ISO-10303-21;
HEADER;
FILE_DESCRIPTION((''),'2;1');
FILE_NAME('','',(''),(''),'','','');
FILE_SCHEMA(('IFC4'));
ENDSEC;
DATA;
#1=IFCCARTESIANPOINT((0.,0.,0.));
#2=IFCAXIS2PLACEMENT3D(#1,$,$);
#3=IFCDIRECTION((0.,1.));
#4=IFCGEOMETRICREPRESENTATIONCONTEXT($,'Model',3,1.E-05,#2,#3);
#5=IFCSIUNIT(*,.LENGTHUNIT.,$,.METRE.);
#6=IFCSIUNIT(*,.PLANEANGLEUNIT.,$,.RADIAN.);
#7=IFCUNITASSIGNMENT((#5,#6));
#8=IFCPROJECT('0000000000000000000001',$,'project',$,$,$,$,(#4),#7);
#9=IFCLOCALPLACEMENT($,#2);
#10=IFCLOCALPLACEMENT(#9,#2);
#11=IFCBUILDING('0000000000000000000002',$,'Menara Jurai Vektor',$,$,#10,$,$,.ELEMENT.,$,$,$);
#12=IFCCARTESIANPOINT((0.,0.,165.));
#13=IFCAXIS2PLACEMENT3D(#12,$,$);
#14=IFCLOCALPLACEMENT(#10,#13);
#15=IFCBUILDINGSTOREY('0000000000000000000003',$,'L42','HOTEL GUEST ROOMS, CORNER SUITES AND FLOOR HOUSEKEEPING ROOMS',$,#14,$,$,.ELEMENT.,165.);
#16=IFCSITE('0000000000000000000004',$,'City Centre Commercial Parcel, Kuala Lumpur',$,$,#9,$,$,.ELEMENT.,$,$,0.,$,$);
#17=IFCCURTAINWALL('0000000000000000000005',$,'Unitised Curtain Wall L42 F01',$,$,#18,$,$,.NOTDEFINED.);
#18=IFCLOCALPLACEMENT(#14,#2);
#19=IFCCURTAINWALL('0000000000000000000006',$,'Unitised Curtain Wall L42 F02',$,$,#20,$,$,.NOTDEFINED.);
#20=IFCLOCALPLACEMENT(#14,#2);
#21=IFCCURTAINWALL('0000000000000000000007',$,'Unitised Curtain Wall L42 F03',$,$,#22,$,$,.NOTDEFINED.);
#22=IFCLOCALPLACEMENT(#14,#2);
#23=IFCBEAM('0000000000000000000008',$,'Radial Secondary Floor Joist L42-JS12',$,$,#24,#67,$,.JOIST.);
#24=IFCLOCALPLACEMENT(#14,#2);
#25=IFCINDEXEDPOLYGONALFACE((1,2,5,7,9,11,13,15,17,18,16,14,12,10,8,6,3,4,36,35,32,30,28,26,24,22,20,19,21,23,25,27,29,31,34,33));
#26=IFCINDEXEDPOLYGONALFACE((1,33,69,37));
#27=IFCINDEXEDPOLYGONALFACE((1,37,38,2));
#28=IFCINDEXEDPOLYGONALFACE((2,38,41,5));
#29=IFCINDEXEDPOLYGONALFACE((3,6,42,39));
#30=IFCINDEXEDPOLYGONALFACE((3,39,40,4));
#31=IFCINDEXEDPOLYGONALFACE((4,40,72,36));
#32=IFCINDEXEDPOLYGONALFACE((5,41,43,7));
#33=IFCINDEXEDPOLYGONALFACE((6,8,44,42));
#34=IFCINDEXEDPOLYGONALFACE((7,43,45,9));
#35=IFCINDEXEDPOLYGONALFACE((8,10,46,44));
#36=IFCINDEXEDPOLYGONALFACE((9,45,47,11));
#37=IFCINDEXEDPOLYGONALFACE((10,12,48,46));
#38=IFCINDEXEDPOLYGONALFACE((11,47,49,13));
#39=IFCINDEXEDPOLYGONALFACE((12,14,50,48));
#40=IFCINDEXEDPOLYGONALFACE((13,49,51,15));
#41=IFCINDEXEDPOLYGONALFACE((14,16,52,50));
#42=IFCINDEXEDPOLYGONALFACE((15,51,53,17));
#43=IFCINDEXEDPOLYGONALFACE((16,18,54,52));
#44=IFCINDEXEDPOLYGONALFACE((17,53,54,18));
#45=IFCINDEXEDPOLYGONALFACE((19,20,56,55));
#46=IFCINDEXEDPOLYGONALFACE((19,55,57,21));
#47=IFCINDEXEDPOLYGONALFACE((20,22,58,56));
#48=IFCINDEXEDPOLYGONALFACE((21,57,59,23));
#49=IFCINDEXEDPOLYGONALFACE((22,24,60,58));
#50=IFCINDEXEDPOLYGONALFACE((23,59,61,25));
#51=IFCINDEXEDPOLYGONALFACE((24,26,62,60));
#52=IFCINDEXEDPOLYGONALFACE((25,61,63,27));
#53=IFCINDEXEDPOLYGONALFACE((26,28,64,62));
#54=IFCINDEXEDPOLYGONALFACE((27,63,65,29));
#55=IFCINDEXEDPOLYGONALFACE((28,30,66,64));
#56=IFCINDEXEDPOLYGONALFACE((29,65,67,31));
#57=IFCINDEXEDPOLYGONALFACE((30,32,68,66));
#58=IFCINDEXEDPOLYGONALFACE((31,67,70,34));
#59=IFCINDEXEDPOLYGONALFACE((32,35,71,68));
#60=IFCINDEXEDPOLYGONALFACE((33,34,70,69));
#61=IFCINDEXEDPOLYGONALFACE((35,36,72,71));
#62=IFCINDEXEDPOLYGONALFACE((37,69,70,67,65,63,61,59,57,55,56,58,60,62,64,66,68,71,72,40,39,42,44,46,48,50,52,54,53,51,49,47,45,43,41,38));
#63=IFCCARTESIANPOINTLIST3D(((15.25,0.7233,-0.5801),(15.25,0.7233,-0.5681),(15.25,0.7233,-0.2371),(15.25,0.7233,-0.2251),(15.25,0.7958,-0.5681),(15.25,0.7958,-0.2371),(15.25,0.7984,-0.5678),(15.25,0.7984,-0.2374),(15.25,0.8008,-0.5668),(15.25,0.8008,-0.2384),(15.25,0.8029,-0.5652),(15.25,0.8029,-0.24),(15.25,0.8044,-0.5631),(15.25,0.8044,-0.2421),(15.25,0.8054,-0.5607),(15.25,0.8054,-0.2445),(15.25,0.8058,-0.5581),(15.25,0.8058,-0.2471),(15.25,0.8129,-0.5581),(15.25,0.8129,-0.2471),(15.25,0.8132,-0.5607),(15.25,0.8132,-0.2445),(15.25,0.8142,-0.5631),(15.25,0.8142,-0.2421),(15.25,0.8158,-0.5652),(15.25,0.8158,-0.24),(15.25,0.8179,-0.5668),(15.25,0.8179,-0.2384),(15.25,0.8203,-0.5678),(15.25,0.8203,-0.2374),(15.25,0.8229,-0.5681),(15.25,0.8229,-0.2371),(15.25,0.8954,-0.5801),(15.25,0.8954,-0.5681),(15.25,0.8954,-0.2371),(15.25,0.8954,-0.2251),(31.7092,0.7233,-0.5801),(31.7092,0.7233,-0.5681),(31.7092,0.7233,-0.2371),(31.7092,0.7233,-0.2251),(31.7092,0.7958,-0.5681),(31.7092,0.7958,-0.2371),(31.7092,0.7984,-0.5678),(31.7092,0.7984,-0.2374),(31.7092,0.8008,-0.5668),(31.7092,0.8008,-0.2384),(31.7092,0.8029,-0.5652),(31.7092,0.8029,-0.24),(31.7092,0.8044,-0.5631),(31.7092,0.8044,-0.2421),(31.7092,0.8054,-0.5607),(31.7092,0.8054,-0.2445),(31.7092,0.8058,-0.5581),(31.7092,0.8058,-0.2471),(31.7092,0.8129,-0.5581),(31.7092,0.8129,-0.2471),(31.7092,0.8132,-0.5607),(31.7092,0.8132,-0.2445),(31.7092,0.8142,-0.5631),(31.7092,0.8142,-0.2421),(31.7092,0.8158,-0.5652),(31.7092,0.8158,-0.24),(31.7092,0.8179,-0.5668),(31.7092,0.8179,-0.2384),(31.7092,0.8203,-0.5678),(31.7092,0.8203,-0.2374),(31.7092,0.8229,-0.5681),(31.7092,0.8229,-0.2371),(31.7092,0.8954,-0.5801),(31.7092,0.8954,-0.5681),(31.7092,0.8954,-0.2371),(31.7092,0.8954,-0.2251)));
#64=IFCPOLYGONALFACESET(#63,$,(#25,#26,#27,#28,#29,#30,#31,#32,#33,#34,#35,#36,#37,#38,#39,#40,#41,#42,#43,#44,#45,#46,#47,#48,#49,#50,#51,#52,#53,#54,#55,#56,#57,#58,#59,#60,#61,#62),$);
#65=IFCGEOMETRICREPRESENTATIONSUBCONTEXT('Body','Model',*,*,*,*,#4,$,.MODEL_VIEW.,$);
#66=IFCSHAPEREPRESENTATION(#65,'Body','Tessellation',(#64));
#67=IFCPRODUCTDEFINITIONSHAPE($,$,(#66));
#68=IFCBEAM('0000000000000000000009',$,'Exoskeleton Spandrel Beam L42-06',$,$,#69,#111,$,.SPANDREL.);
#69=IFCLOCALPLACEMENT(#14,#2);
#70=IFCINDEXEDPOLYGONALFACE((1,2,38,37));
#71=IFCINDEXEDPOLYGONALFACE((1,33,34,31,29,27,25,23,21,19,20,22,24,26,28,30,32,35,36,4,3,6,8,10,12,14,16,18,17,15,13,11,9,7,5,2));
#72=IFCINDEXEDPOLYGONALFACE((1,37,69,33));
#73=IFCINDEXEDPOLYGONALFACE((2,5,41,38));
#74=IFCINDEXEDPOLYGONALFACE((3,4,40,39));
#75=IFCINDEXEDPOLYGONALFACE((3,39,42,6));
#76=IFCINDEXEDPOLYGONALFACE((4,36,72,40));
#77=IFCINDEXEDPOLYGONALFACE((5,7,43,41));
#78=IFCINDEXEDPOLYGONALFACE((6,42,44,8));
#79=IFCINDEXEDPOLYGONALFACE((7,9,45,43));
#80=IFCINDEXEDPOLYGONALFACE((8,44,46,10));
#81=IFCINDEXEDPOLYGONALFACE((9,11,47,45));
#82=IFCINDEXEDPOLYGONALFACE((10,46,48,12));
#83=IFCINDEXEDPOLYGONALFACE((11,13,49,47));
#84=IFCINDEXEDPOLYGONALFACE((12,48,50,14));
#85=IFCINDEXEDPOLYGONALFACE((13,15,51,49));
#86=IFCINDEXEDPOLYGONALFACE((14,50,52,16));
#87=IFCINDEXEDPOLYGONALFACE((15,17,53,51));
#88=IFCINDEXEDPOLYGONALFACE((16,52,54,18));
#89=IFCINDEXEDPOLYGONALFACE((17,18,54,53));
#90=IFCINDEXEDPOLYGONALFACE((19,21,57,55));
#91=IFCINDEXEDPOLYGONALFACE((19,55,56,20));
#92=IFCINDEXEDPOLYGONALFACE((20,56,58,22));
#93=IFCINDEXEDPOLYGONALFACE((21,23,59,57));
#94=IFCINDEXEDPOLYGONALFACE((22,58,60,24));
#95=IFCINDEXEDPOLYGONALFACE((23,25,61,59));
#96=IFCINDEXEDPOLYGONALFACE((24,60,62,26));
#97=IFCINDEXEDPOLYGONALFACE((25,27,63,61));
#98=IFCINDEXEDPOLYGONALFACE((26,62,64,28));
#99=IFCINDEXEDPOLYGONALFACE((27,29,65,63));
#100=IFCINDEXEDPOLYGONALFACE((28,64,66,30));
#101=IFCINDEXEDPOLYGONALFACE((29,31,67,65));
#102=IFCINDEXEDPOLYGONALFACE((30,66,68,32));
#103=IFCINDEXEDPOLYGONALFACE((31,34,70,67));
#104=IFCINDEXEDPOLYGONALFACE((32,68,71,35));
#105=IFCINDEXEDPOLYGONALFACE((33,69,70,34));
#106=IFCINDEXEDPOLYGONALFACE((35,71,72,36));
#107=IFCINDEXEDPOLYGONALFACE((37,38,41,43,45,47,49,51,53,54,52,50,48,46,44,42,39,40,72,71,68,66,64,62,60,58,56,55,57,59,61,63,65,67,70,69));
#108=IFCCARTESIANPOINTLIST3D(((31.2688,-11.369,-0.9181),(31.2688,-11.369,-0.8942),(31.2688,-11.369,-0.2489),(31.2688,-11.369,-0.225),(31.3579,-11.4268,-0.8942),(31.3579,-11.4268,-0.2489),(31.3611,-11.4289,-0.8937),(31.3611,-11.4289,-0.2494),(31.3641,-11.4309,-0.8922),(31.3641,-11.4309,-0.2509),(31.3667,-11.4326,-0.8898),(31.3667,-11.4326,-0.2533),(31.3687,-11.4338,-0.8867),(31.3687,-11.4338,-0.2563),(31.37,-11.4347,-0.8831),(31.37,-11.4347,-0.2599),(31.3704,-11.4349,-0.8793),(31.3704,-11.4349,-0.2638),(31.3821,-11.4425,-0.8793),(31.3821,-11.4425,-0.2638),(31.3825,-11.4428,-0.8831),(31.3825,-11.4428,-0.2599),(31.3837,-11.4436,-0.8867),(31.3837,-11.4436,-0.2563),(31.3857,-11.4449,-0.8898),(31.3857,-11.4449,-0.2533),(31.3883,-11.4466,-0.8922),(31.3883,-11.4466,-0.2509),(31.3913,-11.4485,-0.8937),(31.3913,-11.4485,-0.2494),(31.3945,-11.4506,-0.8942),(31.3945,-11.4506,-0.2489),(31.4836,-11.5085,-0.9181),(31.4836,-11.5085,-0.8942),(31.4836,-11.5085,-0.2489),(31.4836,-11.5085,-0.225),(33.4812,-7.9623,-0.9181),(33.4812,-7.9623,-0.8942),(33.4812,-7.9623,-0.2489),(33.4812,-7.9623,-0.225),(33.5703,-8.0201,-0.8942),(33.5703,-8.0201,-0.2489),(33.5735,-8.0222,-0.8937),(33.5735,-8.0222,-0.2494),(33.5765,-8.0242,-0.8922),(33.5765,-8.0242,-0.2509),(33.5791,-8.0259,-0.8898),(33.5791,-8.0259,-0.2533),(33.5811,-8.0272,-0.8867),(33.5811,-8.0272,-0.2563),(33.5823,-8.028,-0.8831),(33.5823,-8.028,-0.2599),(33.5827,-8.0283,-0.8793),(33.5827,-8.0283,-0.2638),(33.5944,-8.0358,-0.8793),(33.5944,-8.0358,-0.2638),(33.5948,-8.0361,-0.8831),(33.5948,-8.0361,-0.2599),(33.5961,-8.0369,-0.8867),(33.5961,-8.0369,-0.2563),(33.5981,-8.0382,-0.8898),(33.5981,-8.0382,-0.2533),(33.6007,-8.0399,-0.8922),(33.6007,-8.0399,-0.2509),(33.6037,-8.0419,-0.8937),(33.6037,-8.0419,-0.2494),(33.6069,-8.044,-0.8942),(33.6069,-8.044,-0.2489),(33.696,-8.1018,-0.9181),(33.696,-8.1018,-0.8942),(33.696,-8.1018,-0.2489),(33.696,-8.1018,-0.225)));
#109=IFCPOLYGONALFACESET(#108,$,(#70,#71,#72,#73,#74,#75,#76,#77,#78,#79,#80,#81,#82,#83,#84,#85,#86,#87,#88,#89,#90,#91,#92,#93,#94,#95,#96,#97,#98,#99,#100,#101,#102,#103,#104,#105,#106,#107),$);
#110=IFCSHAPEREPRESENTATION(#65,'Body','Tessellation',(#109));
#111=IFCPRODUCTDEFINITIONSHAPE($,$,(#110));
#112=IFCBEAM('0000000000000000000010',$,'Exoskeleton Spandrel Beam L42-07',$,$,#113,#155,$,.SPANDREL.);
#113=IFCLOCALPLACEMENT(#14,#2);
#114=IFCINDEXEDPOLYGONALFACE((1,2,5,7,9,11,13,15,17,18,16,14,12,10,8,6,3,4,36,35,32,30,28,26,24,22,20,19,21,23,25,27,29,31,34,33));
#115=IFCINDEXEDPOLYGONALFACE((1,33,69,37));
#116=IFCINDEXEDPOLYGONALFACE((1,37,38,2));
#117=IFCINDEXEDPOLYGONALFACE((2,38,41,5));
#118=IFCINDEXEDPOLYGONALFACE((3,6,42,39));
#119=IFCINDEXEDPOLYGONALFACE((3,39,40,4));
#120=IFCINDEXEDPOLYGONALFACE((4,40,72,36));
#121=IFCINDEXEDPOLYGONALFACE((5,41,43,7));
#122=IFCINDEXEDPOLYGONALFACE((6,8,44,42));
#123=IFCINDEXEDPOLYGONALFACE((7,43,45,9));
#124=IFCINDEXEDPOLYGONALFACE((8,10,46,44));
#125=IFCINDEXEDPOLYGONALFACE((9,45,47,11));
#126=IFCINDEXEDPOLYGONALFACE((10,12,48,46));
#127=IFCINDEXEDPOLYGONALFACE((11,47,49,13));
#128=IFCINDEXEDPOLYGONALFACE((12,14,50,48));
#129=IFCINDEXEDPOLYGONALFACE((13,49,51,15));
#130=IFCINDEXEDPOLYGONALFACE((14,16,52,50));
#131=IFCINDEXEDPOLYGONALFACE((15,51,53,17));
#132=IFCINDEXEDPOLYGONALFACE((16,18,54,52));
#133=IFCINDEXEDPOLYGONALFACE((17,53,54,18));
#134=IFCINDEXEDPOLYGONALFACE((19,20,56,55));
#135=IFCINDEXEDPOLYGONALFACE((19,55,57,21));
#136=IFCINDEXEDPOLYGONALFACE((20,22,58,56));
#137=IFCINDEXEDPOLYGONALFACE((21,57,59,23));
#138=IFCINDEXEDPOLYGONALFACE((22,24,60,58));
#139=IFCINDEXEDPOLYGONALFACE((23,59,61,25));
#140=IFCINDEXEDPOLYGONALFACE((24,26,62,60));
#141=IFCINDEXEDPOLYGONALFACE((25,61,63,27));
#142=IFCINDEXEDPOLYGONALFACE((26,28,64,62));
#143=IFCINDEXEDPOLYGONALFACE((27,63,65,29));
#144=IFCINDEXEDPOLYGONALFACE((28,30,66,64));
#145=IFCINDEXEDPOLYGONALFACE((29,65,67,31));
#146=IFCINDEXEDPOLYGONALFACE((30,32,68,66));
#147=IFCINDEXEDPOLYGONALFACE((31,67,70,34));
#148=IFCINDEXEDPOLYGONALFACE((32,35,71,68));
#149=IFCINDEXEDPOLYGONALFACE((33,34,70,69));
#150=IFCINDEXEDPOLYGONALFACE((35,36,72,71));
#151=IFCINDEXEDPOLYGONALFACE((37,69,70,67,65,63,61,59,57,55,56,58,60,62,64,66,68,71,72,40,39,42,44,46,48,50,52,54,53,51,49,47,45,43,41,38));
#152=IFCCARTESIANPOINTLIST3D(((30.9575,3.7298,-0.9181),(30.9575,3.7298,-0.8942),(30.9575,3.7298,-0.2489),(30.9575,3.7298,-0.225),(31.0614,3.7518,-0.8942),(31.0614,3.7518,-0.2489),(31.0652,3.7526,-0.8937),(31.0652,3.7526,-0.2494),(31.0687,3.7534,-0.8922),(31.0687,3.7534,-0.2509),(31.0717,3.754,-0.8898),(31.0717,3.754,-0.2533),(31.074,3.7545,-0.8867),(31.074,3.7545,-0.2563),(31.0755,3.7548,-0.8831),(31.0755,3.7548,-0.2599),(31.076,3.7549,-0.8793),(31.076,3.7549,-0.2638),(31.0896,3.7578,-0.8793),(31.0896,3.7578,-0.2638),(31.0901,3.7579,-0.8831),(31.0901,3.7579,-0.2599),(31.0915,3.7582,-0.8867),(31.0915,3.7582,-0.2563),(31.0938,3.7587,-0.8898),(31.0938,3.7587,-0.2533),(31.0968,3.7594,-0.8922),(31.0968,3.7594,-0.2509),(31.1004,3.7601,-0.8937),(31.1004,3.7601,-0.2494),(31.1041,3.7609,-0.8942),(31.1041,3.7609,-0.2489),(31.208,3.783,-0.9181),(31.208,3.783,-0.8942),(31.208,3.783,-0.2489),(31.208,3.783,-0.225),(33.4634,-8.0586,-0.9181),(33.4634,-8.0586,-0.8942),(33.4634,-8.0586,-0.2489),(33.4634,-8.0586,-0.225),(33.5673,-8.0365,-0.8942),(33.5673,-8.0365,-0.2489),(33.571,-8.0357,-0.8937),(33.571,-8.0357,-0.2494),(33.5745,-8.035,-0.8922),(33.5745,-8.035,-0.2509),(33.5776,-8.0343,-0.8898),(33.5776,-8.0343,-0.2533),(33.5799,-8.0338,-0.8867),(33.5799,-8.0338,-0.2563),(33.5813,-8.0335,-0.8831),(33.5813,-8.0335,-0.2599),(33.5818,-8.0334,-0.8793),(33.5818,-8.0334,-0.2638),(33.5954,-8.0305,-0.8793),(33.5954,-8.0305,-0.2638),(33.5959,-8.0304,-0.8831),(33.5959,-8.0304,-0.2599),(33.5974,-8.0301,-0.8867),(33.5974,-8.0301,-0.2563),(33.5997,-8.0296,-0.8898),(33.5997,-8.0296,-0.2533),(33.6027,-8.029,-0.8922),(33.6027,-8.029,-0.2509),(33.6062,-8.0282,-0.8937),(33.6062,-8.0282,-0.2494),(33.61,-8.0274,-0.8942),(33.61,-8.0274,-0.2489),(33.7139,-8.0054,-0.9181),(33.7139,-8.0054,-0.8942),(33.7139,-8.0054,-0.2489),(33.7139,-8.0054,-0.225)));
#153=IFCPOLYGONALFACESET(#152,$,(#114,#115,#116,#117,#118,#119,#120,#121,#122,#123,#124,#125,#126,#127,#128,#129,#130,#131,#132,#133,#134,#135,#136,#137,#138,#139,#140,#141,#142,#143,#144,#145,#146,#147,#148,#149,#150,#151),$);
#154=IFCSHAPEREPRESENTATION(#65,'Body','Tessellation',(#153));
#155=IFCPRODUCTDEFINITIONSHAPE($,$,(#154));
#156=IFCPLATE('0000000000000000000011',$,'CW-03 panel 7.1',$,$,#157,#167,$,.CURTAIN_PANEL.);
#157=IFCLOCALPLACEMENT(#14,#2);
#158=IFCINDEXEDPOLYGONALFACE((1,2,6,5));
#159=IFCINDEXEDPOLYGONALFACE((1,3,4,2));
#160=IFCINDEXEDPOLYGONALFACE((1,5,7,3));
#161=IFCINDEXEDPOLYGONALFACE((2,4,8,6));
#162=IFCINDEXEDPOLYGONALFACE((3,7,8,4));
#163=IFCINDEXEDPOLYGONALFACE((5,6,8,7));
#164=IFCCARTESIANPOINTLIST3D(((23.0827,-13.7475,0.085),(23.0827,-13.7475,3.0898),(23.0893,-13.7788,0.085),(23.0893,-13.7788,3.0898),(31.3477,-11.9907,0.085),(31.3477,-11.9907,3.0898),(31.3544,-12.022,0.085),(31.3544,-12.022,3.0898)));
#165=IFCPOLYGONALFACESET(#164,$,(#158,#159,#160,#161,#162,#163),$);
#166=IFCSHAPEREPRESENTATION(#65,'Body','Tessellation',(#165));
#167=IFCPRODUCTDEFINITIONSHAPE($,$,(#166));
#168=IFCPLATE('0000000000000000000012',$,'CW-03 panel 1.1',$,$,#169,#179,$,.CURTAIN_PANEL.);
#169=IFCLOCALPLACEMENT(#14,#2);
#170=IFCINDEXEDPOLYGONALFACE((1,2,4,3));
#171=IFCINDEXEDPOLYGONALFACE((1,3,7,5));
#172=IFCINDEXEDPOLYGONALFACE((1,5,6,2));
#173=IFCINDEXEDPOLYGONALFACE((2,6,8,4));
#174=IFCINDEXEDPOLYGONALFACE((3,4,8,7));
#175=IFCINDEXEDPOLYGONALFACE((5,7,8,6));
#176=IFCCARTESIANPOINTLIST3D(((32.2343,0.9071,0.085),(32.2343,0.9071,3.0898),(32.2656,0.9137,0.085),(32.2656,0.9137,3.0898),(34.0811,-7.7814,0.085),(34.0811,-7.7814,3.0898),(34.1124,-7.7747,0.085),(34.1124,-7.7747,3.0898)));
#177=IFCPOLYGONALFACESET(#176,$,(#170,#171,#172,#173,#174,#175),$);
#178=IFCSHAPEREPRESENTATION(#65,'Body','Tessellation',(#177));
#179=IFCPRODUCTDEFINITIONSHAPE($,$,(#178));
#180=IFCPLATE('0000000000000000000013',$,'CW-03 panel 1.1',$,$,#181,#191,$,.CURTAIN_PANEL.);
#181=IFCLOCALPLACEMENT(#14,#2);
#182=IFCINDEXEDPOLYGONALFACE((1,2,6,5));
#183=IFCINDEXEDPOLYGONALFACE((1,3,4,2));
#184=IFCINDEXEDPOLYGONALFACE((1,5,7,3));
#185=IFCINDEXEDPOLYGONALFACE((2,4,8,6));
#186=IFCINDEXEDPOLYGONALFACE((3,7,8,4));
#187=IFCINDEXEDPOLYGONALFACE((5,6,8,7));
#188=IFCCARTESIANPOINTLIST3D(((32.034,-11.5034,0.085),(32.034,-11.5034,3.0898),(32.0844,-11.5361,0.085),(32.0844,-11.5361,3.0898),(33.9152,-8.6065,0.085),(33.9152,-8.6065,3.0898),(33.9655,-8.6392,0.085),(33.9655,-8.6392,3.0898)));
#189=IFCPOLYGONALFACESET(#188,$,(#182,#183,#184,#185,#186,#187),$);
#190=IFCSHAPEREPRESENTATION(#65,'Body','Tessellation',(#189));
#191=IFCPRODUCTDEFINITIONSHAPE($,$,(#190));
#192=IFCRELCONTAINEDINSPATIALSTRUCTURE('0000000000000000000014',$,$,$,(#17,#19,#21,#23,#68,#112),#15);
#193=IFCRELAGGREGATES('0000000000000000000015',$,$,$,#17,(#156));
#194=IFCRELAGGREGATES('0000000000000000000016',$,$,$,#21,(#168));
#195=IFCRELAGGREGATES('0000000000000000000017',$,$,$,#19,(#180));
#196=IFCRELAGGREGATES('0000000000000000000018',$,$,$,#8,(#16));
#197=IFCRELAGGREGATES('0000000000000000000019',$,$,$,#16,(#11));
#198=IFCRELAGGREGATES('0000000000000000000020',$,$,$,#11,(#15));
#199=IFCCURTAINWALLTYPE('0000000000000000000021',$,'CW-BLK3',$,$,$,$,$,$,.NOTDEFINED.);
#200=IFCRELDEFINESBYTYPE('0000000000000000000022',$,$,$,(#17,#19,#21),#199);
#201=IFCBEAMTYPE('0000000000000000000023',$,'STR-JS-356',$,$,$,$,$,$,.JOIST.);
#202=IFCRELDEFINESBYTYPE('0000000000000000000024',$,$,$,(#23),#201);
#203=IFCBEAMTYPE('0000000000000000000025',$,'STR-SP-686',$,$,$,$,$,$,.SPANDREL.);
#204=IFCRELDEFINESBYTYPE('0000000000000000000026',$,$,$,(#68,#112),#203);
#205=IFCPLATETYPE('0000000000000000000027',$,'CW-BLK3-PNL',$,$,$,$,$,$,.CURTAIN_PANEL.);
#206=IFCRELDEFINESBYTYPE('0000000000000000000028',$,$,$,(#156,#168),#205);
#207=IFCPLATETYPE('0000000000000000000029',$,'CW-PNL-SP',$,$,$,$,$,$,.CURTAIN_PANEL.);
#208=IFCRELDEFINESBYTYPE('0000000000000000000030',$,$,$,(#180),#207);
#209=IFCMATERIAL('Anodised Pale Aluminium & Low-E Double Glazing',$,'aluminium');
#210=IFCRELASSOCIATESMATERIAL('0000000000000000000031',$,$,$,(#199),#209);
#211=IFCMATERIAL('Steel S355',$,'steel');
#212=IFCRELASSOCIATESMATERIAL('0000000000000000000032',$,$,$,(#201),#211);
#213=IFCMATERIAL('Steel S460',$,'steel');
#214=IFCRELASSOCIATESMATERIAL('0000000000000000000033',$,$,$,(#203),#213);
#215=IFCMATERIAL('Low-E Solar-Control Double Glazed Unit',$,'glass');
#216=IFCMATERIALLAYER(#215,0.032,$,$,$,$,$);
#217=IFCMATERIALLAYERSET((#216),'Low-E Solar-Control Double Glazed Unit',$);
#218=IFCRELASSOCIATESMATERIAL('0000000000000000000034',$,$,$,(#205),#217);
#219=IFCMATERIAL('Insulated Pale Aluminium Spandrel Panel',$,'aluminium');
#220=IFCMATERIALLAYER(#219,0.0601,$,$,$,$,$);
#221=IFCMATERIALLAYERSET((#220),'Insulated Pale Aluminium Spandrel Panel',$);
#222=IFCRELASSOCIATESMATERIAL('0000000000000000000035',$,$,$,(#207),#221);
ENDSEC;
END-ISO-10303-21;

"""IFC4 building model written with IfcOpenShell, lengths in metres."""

from ifc_helpers import new_model, si_unit, direction, frame, origin, origin_2d, place, context, subcontext, project, spatial, rectangle, i_section, extrude, material, layer, layer_set, material_profile, profile_set, type_object, element, aggregate, save


model = new_model("IFC4")

# Units and contexts
model_context = context("Model", 3, precision=1e-05, world=origin(), true_north=direction((0.0, 1.0)))
body_context = subcontext(model_context, "Body", "Model", "MODEL_VIEW")
ifc_project = project(units=[si_unit("LENGTHUNIT", "METRE"), si_unit("PLANEANGLEUNIT", "RADIAN")], contexts=[model_context])

# Site, building, storey
site_placement = place(None, origin())
site = spatial("IfcSite", under=ifc_project, at=site_placement, Name="City Centre Commercial Parcel, Kuala Lumpur", CompositionType="ELEMENT", RefElevation=0.0)
building_placement = place(site_placement, origin())
building = spatial("IfcBuilding", under=site, at=building_placement, Name="Menara Jurai Vektor", CompositionType="ELEMENT")
storey_placement = place(building_placement, frame((0.0, 0.0, 165.0)))
storey = spatial("IfcBuildingStorey", under=building, at=storey_placement, Name="L42", Description="HOTEL GUEST ROOMS, CORNER SUITES AND FLOOR HOUSEKEEPING ROOMS", CompositionType="ELEMENT", Elevation=165.0)

# Shared definitions
ifc_material_1 = material(Name="Steel S460", Category="steel")

# Curtain walls
ifc_material_2 = material(Name="Anodised Pale Aluminium & Low-E Double Glazing", Category="aluminium")
curtain_wall_type = type_object("IfcCurtainWallType", Name="CW-BLK3", PredefinedType="NOTDEFINED", material=ifc_material_2)
curtain_wall_1_placement = place(storey_placement, origin())
curtain_wall_1 = element("IfcCurtainWall", 1, at=curtain_wall_1_placement, inside=storey, type_object=curtain_wall_type, Name="Unitised Curtain Wall L42 F01", PredefinedType="NOTDEFINED")
curtain_wall_2_placement = place(storey_placement, origin())
curtain_wall_2 = element("IfcCurtainWall", 2, at=curtain_wall_2_placement, inside=storey, type_object=curtain_wall_type, Name="Unitised Curtain Wall L42 F02", PredefinedType="NOTDEFINED")
curtain_wall_3_placement = place(storey_placement, origin())
curtain_wall_3 = element("IfcCurtainWall", 3, at=curtain_wall_3_placement, inside=storey, type_object=curtain_wall_type, Name="Unitised Curtain Wall L42 F03", PredefinedType="NOTDEFINED")

# Shared definitions
ifc_material_3 = material(Name="Steel S355", Category="steel")

# Beams
ifc_material_profile_1 = material_profile(ifc_material_3, i_section(OverallWidth=0.1721, OverallDepth=0.355, WebThickness=0.0071, FlangeThickness=0.012, FilletRadius=0.01, at=origin_2d()), Name="UKB 356x171x51")
ifc_profile_set_1 = profile_set([ifc_material_profile_1], Name="Steel S355")
beam_type_1 = type_object("IfcBeamType", Name="STR-JS-356", PredefinedType="JOIST", material=ifc_profile_set_1)
beam_1_placement = place(storey_placement, frame((31.7092, 0.8093, -0.4026), z_axis=(-1.0, 0.0, 0.0), x_axis=(0.0, -1.0, 0.0)))
element("IfcBeam", 4, at=beam_1_placement, inside=storey, type_object=beam_type_1, Name="Radial Secondary Floor Joist L42-JS12", PredefinedType="JOIST", context=body_context, shape_type="SweptSolid", body=[
    extrude(i_section(OverallWidth=0.1721, OverallDepth=0.355, WebThickness=0.0071, FlangeThickness=0.012, FilletRadius=0.01, at=origin_2d()), origin(), (0.0, 0.0, 1.0), 16.4592),
])
ifc_material_profile_2 = material_profile(ifc_material_1, i_section(OverallWidth=0.2561, OverallDepth=0.6931, WebThickness=0.0139, FlangeThickness=0.0239, FilletRadius=0.0149, at=origin_2d()), Name="UKB 686x254x170")
ifc_profile_set_2 = profile_set([ifc_material_profile_2], Name="Steel S460")
beam_type_2 = type_object("IfcBeamType", Name="STR-SP-686", PredefinedType="SPANDREL", material=ifc_profile_set_2)
beam_2_placement = place(storey_placement, frame((31.3762, -11.4387, -0.5715), z_axis=(0.544646, 0.838666, 0.0), x_axis=(-0.838666, 0.544646, 0.0)))
element("IfcBeam", 5, at=beam_2_placement, inside=storey, type_object=beam_type_2, Name="Exoskeleton Spandrel Beam L42-06", PredefinedType="SPANDREL", context=body_context, shape_type="SweptSolid", body=[
    extrude(i_section(OverallWidth=0.2561, OverallDepth=0.6931, WebThickness=0.0139, FlangeThickness=0.0239, FilletRadius=0.0149, at=origin_2d()), origin(), (0.0, 0.0, 1.0), 4.062),
])
beam_3_placement = place(storey_placement, frame((33.5886, -8.032, -0.5715), z_axis=(-0.207925, 0.978145, 0.0), x_axis=(-0.978145, -0.207925, 0.0)))
element("IfcBeam", 6, at=beam_3_placement, inside=storey, type_object=beam_type_2, Name="Exoskeleton Spandrel Beam L42-07", PredefinedType="SPANDREL", context=body_context, shape_type="SweptSolid", body=[
    extrude(i_section(OverallWidth=0.2561, OverallDepth=0.6931, WebThickness=0.0139, FlangeThickness=0.0239, FilletRadius=0.0149, at=origin_2d()), origin(), (0.0, 0.0, 1.0), 12.0518),
])

# Plates
ifc_material_4 = material(Name="Low-E Solar-Control Double Glazed Unit", Category="glass")
ifc_layer_1 = layer(ifc_material_4, 0.032)
ifc_layer_set_1 = layer_set([ifc_layer_1], Name="Low-E Solar-Control Double Glazed Unit")
plate_type_1 = type_object("IfcPlateType", Name="CW-BLK3-PNL", PredefinedType="CURTAIN_PANEL", material=ifc_layer_set_1)
plate_1_placement = place(storey_placement, frame((27.2185, -12.8848, 0.085), z_axis=(0.0, 0.0, 1.0), x_axis=(0.978148, 0.207911, 0.0)))
plate_1 = element("IfcPlate", 7, at=plate_1_placement, type_object=plate_type_1, Name="CW-03 panel 7.1", PredefinedType="CURTAIN_PANEL", context=body_context, shape_type="SweptSolid", body=[
    extrude(rectangle(XDim=8.4497, YDim=0.032, at=origin_2d()), origin(), (0.0, 0.0, 1.0), 3.0049),
])
aggregate(curtain_wall_1, [plate_1])
plate_2_placement = place(storey_placement, frame((33.1733, -3.4338, 0.085), z_axis=(0.0, 0.0, 1.0), x_axis=(-0.20791, 0.978148, 0.0)))
plate_2 = element("IfcPlate", 8, at=plate_2_placement, type_object=plate_type_1, Name="CW-03 panel 1.1", PredefinedType="CURTAIN_PANEL", context=body_context, shape_type="SweptSolid", body=[
    extrude(rectangle(XDim=8.8826, YDim=0.032, at=origin_2d()), origin(), (0.0, 0.0, 1.0), 3.0049),
])
aggregate(curtain_wall_3, [plate_2])
ifc_material_5 = material(Name="Insulated Pale Aluminium Spandrel Panel", Category="aluminium")
ifc_layer_2 = layer(ifc_material_5, 0.0601)
ifc_layer_set_2 = layer_set([ifc_layer_2], Name="Insulated Pale Aluminium Spandrel Panel")
plate_type_2 = type_object("IfcPlateType", Name="CW-PNL-SP", PredefinedType="CURTAIN_PANEL", material=ifc_layer_set_2)
plate_3_placement = place(storey_placement, frame((32.9998, -10.0713, 0.085), z_axis=(0.0, 0.0, 1.0), x_axis=(0.544618, 0.838684, 0.0)))
plate_3 = element("IfcPlate", 9, at=plate_3_placement, type_object=plate_type_2, Name="CW-03 panel 1.1", PredefinedType="CURTAIN_PANEL", context=body_context, shape_type="SweptSolid", body=[
    extrude(rectangle(XDim=3.4541, YDim=0.0601, at=origin_2d()), origin(), (0.0, 0.0, 1.0), 3.0049),
])
aggregate(curtain_wall_2, [plate_3])

save(model, "model.ifc")
